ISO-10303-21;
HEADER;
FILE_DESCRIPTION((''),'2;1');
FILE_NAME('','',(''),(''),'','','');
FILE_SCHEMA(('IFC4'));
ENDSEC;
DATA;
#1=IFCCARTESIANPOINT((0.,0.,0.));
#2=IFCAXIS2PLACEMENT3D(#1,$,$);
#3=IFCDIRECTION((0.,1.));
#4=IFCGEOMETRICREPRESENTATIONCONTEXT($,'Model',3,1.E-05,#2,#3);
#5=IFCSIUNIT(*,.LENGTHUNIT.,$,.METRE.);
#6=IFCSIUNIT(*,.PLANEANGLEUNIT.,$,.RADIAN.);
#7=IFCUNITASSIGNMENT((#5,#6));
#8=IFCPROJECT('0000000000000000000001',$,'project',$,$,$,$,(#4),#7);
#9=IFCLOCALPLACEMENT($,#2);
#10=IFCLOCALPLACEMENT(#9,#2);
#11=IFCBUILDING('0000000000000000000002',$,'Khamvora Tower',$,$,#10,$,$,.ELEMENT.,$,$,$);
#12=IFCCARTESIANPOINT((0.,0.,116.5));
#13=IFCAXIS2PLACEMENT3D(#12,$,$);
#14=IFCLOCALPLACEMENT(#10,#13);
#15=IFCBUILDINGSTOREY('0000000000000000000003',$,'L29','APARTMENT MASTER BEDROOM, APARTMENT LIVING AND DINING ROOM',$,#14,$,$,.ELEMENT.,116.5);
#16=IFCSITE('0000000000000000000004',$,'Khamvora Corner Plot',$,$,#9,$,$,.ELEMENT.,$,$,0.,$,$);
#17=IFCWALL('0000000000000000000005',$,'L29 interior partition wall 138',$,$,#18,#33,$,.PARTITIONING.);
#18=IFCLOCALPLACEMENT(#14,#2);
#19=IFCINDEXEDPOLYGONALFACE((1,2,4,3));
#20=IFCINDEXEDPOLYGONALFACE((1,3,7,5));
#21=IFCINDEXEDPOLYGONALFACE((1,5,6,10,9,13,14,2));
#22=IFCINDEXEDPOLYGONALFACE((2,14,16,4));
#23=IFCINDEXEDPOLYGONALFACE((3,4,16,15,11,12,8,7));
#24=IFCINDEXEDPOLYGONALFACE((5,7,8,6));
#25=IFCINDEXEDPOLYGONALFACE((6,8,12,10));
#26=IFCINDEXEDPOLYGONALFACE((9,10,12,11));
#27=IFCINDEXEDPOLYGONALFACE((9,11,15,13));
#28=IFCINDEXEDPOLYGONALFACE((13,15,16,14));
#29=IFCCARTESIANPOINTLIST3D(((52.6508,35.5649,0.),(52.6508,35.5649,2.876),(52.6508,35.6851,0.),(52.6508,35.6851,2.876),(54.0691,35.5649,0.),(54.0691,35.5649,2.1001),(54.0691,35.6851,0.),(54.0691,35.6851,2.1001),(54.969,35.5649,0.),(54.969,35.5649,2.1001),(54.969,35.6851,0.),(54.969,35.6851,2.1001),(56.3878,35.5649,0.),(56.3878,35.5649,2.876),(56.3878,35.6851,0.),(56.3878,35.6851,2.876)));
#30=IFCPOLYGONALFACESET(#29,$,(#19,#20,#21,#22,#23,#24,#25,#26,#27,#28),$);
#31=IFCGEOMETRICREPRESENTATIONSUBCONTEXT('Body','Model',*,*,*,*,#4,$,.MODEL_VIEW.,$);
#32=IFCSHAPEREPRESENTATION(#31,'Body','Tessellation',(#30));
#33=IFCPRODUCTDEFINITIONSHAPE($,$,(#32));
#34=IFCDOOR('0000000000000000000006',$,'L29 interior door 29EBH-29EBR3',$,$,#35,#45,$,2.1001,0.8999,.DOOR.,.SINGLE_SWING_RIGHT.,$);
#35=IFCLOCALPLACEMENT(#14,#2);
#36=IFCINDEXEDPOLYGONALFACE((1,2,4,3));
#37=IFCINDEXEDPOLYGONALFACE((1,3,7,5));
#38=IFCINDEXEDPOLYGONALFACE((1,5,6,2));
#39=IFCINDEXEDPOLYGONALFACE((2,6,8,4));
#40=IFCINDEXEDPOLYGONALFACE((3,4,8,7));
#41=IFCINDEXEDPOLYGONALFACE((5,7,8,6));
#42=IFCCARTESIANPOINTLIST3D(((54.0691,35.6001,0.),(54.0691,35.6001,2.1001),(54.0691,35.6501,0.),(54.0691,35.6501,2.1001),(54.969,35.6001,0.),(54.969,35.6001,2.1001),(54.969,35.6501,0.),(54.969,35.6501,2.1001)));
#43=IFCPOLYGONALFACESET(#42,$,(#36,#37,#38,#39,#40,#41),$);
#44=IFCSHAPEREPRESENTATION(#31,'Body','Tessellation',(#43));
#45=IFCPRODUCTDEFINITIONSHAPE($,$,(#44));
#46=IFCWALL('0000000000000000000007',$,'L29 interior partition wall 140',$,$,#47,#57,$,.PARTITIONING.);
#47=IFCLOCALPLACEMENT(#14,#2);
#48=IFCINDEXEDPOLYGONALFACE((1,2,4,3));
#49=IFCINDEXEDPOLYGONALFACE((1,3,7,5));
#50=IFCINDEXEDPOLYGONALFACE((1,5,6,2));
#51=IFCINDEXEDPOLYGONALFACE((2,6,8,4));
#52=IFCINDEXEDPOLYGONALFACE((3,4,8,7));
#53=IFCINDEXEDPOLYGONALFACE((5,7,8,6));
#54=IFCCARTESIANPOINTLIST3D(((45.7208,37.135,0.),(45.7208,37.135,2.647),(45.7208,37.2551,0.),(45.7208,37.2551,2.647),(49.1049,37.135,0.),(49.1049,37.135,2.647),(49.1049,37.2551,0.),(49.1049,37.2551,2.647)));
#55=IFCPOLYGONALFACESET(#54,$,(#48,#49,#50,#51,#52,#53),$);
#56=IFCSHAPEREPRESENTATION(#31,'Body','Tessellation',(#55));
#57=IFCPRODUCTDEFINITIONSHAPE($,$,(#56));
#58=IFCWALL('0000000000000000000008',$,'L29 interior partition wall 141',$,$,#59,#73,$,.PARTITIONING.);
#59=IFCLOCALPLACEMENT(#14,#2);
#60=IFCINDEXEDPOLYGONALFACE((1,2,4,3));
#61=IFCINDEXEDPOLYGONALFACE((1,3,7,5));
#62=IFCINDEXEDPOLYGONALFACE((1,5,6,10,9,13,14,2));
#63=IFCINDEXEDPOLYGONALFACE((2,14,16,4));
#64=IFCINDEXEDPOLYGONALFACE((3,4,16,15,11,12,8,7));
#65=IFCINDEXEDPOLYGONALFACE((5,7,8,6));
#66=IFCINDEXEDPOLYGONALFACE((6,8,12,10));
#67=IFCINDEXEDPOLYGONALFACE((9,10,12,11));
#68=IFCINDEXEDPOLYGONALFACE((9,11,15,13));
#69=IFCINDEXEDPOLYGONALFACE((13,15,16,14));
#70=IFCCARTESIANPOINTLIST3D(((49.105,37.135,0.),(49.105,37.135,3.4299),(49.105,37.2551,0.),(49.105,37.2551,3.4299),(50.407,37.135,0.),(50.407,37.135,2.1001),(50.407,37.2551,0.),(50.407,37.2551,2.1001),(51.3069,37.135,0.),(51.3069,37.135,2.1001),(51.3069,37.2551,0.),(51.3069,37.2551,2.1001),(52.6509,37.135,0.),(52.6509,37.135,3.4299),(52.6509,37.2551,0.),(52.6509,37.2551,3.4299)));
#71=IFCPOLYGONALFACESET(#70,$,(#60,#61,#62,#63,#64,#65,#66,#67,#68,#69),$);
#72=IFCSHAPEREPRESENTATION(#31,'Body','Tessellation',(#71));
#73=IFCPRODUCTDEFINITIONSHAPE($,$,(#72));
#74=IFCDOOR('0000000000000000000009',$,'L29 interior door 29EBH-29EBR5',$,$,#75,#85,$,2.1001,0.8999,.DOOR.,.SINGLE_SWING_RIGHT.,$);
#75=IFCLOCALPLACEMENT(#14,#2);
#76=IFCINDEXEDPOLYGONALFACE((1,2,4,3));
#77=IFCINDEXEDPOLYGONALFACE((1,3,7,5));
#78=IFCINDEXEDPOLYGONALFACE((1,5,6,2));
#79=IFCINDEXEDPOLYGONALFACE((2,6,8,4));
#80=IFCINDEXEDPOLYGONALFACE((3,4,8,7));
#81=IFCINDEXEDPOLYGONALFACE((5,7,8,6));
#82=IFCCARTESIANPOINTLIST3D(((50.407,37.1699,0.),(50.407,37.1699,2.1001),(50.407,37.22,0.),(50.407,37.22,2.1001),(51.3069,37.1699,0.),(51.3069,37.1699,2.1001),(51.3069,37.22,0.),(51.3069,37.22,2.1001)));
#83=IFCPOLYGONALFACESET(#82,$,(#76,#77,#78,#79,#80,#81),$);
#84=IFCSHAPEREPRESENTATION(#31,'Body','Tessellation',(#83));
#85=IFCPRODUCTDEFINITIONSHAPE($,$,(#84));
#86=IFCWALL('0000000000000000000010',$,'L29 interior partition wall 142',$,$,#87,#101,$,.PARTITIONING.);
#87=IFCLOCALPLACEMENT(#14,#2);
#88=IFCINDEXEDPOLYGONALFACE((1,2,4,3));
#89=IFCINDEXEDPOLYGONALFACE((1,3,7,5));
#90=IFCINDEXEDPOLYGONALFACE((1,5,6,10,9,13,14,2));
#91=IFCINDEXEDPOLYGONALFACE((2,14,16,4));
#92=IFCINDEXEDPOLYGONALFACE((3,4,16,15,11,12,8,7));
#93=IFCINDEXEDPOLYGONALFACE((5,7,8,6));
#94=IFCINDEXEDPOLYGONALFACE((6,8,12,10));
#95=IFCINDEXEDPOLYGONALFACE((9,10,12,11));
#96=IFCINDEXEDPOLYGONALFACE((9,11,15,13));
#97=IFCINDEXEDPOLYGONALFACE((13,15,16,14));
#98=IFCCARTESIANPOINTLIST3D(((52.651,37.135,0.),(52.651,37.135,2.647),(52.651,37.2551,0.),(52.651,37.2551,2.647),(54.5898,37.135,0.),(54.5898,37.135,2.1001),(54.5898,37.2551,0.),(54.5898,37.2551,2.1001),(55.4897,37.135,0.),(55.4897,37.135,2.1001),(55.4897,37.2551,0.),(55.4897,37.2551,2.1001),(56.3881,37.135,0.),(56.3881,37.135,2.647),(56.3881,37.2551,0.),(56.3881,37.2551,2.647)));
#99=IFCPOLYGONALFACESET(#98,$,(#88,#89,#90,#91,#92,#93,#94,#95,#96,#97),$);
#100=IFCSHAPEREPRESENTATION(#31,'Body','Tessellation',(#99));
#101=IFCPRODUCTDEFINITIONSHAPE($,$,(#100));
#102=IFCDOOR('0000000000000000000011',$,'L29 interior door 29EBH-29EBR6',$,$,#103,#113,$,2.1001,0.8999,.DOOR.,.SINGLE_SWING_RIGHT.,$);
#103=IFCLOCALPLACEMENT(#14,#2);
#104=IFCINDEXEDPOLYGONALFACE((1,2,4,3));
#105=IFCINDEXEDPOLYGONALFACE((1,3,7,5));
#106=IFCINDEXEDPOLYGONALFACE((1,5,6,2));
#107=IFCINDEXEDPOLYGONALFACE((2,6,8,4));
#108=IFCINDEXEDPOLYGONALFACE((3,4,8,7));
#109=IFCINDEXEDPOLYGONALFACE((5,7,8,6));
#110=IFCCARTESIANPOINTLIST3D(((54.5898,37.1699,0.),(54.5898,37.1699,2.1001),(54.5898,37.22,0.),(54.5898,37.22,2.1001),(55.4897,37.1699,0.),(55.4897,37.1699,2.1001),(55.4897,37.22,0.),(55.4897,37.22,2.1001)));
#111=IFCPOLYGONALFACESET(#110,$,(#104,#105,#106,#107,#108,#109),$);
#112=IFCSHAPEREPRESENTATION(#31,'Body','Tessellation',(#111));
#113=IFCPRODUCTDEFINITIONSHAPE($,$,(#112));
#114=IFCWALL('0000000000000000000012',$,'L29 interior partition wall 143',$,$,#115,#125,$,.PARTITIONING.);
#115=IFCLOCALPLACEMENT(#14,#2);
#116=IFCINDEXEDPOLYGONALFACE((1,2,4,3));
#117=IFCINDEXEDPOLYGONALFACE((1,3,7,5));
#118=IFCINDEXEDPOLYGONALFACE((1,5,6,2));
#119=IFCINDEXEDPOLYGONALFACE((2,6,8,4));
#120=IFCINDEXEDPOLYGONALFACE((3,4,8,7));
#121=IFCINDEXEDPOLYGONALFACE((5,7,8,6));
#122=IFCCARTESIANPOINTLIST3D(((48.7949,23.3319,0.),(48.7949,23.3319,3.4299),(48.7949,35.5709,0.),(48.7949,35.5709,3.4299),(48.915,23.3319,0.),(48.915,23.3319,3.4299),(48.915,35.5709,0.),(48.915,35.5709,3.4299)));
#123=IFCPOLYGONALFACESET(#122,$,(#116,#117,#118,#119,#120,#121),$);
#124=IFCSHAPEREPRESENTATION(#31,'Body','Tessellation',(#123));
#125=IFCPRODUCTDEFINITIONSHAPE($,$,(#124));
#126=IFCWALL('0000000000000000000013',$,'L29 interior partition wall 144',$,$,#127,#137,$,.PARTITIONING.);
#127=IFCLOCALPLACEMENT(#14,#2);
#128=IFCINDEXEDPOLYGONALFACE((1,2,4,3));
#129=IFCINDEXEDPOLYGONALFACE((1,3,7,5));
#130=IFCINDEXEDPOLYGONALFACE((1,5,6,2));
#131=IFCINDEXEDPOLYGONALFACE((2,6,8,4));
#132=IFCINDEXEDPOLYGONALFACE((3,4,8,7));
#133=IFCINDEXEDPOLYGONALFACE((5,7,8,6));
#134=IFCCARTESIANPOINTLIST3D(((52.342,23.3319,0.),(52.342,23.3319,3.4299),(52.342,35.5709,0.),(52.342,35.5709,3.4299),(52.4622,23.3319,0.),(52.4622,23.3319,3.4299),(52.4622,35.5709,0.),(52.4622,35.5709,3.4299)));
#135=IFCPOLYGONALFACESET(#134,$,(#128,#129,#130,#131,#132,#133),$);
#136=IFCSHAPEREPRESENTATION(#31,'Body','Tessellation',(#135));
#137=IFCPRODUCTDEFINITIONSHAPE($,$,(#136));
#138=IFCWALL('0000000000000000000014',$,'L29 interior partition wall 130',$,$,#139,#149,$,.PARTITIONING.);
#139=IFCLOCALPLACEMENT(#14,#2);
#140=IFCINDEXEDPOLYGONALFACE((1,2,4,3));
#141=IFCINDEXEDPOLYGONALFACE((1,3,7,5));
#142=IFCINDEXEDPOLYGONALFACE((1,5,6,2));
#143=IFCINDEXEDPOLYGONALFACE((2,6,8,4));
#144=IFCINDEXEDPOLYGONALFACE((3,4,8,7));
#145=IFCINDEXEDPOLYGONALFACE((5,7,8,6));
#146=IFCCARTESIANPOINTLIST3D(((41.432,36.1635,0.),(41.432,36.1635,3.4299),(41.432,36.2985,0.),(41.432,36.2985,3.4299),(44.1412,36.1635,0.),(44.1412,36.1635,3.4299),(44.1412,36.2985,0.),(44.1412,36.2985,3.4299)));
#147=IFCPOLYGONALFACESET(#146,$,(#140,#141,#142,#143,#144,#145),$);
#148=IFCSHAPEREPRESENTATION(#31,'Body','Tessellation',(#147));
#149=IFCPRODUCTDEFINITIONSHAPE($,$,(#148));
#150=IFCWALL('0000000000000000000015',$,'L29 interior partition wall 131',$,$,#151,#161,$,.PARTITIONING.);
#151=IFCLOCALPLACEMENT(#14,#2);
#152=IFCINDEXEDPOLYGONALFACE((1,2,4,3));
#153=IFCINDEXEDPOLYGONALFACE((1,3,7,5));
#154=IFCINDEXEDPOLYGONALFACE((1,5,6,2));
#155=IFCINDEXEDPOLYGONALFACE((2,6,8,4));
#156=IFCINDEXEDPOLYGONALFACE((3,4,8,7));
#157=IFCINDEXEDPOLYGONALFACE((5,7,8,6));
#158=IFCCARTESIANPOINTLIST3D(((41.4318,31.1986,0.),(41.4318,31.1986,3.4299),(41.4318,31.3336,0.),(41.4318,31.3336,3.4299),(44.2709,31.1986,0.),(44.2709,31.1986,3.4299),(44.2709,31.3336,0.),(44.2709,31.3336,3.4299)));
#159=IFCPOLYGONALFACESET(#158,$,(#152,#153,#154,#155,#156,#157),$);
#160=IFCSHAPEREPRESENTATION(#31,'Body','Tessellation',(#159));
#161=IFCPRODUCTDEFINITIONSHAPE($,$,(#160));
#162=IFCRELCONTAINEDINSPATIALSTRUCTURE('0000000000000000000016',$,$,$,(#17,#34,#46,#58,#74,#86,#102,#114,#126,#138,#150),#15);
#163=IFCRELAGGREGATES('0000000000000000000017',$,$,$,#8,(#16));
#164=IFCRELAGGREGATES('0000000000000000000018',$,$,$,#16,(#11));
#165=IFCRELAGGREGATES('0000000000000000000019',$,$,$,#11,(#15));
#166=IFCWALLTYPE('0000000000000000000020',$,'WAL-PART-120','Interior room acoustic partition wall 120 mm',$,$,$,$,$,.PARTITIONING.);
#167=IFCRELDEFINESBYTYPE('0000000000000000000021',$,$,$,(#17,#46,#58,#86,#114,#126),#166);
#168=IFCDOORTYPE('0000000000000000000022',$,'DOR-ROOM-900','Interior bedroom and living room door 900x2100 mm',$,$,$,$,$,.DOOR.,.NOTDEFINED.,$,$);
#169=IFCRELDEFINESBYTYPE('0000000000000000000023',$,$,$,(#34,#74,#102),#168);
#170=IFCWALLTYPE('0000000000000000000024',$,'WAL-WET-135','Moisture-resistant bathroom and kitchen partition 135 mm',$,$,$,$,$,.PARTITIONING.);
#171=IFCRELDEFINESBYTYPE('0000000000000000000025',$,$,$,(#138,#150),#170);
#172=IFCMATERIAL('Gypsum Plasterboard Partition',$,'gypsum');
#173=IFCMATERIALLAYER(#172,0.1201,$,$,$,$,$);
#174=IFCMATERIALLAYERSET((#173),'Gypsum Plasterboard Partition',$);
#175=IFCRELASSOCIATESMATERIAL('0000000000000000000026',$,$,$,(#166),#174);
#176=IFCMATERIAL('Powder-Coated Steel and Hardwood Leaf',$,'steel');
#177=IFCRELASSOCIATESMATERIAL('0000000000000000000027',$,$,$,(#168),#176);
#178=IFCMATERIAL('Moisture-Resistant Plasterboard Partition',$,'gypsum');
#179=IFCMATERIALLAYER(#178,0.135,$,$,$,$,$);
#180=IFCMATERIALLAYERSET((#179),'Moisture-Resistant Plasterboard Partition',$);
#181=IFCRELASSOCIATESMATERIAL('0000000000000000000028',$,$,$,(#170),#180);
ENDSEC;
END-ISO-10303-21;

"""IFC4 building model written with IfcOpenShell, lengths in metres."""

from ifc_helpers import new_model, si_unit, direction, frame, frame_2d, origin, place, context, subcontext, project, spatial, rectangle, extrude, material, layer, layer_set, type_object, element, fill, save


model = new_model("IFC4")

# Units and contexts
model_context = context("Model", 3, precision=1e-05, world=origin(), true_north=direction((0.0, 1.0)))
body_context = subcontext(model_context, "Body", "Model", "MODEL_VIEW")
ifc_project = project(units=[si_unit("LENGTHUNIT", "METRE"), si_unit("PLANEANGLEUNIT", "RADIAN")], contexts=[model_context])

# Site, building, storey
site_placement = place(None, origin())
site = spatial("IfcSite", under=ifc_project, at=site_placement, Name="Khamvora Corner Plot", CompositionType="ELEMENT", RefElevation=0.0)
building_placement = place(site_placement, origin())
building = spatial("IfcBuilding", under=site, at=building_placement, Name="Khamvora Tower", CompositionType="ELEMENT")
storey_placement = place(building_placement, frame((0.0, 0.0, 116.5)))
storey = spatial("IfcBuildingStorey", under=building, at=storey_placement, Name="L29", Description="APARTMENT MASTER BEDROOM, APARTMENT LIVING AND DINING ROOM", CompositionType="ELEMENT", Elevation=116.5)

# Shared definitions
ifc_material_1 = material(Name="Powder-Coated Steel and Hardwood Leaf", Category="steel")

# Shared definitions
ifc_material_2 = material(Name="Gypsum Plasterboard Partition", Category="gypsum")
ifc_layer_1 = layer(ifc_material_2, 0.1201)
ifc_layer_set_1 = layer_set([ifc_layer_1], Name="Gypsum Plasterboard Partition")
wall_type_1 = type_object("IfcWallType", Name="WAL-PART-120", Description="Interior room acoustic partition wall 120 mm", PredefinedType="PARTITIONING", material=ifc_layer_set_1)
door_type_1 = type_object("IfcDoorType", Name="DOR-ROOM-900", Description="Interior bedroom and living room door 900x2100 mm", OperationType="NOTDEFINED", PredefinedType="DOOR", material=ifc_material_1)

# Wall, opening, door
wall_1_placement = place(storey_placement, frame((56.3879, 35.625, 0.0), z_axis=(0.0, 0.0, 1.0), x_axis=(-1.0, 0.0, 0.0)))
wall_1 = element("IfcWall", 1, at=wall_1_placement, inside=storey, type_object=wall_type_1, Name="L29 interior partition wall 138", PredefinedType="PARTITIONING", context=body_context, shape_type="SweptSolid", body=[
    extrude(rectangle(XDim=3.7371, YDim=0.1201, at=frame_2d((1.8687, 0.0))), origin(), (0.0, 0.0, 1.0), 2.876),
])
opening_1_placement = place(wall_1_placement, frame((1.4189, 0.0, 0.0)))
opening_1 = element("IfcOpeningElement", 2, at=opening_1_placement, cuts=wall_1, PredefinedType="OPENING", context=body_context, shape_type="SweptSolid", body=[
    extrude(rectangle(XDim=0.8999, YDim=2.1001, at=frame_2d((0.45, 1.05))), frame((0.0, 0.0701, 0.0), z_axis=(0.0, -1.0, 0.0), x_axis=(1.0, 0.0, 0.0)), (0.0, 0.0, 1.0), 0.1401),
])
door_1_placement = place(opening_1_placement, origin())
door_1 = element("IfcDoor", 3, at=door_1_placement, inside=storey, type_object=door_type_1, Name="L29 interior door 29EBH-29EBR3", OperationType="SINGLE_SWING_RIGHT", OverallHeight=2.1001, OverallWidth=0.8999, PredefinedType="DOOR", context=body_context, shape_type="SweptSolid", body=[
    extrude(rectangle(XDim=0.8999, YDim=2.1001, at=frame_2d((0.45, 1.05))), frame((0.0, 0.0249, 0.0), z_axis=(0.0, -1.0, 0.0), x_axis=(1.0, 0.0, 0.0)), (0.0, 0.0, 1.0), 0.05),
])
fill(opening_1, door_1)

# Wall
wall_2_placement = place(storey_placement, frame((45.7209, 37.1951, 0.0), z_axis=(0.0, 0.0, 1.0), x_axis=(1.0, 0.0, 0.0)))
element("IfcWall", 4, at=wall_2_placement, inside=storey, type_object=wall_type_1, Name="L29 interior partition wall 140", PredefinedType="PARTITIONING", context=body_context, shape_type="SweptSolid", body=[
    extrude(rectangle(XDim=3.384, YDim=0.1201, at=frame_2d((1.6919, 0.0))), origin(), (0.0, 0.0, 1.0), 2.647),
])

# Walls, openings, doors
wall_3_placement = place(storey_placement, frame((49.105, 37.1951, 0.0), z_axis=(0.0, 0.0, 1.0), x_axis=(1.0, 0.0, 0.0)))
wall_3 = element("IfcWall", 5, at=wall_3_placement, inside=storey, type_object=wall_type_1, Name="L29 interior partition wall 141", PredefinedType="PARTITIONING", context=body_context, shape_type="SweptSolid", body=[
    extrude(rectangle(XDim=3.5459, YDim=0.1201, at=frame_2d((1.7729, 0.0))), origin(), (0.0, 0.0, 1.0), 3.4299),
])
opening_2_placement = place(wall_3_placement, frame((1.302, 0.0, 0.0)))
opening_2 = element("IfcOpeningElement", 6, at=opening_2_placement, cuts=wall_3, PredefinedType="OPENING", context=body_context, shape_type="SweptSolid", body=[
    extrude(rectangle(XDim=0.8999, YDim=2.1001, at=frame_2d((0.45, 1.05))), frame((0.0, 0.0701, 0.0), z_axis=(0.0, -1.0, 0.0), x_axis=(1.0, 0.0, 0.0)), (0.0, 0.0, 1.0), 0.1401),
])
door_2_placement = place(opening_2_placement, origin())
door_2 = element("IfcDoor", 7, at=door_2_placement, inside=storey, type_object=door_type_1, Name="L29 interior door 29EBH-29EBR5", OperationType="SINGLE_SWING_RIGHT", OverallHeight=2.1001, OverallWidth=0.8999, PredefinedType="DOOR", context=body_context, shape_type="SweptSolid", body=[
    extrude(rectangle(XDim=0.8999, YDim=2.1001, at=frame_2d((0.45, 1.05))), frame((0.0, 0.0249, 0.0), z_axis=(0.0, -1.0, 0.0), x_axis=(1.0, 0.0, 0.0)), (0.0, 0.0, 1.0), 0.05),
])
fill(opening_2, door_2)
wall_4_placement = place(storey_placement, frame((52.6509, 37.1951, 0.0), z_axis=(0.0, 0.0, 1.0), x_axis=(1.0, 0.0, 0.0)))
wall_4 = element("IfcWall", 8, at=wall_4_placement, inside=storey, type_object=wall_type_1, Name="L29 interior partition wall 142", PredefinedType="PARTITIONING", context=body_context, shape_type="SweptSolid", body=[
    extrude(rectangle(XDim=3.7371, YDim=0.1201, at=frame_2d((1.8687, 0.0))), origin(), (0.0, 0.0, 1.0), 2.647),
])
opening_3_placement = place(wall_4_placement, frame((1.939, 0.0, 0.0)))
opening_3 = element("IfcOpeningElement", 9, at=opening_3_placement, cuts=wall_4, PredefinedType="OPENING", context=body_context, shape_type="SweptSolid", body=[
    extrude(rectangle(XDim=0.8999, YDim=2.1001, at=frame_2d((0.45, 1.05))), frame((0.0, 0.0701, 0.0), z_axis=(0.0, -1.0, 0.0), x_axis=(1.0, 0.0, 0.0)), (0.0, 0.0, 1.0), 0.1401),
])
door_3_placement = place(opening_3_placement, origin())
door_3 = element("IfcDoor", 10, at=door_3_placement, inside=storey, type_object=door_type_1, Name="L29 interior door 29EBH-29EBR6", OperationType="SINGLE_SWING_RIGHT", OverallHeight=2.1001, OverallWidth=0.8999, PredefinedType="DOOR", context=body_context, shape_type="SweptSolid", body=[
    extrude(rectangle(XDim=0.8999, YDim=2.1001, at=frame_2d((0.45, 1.05))), frame((0.0, 0.0249, 0.0), z_axis=(0.0, -1.0, 0.0), x_axis=(1.0, 0.0, 0.0)), (0.0, 0.0, 1.0), 0.05),
])
fill(opening_3, door_3)

# Walls
for number, where, z_axis, x_axis, name in (
    (11, (48.855, 35.571, 0.0), (0.0, 0.0, 1.0), (0.0, -1.0, 0.0), "L29 interior partition wall 143"),
    (12, (52.4021, 35.571, 0.0), (0.0, 0.0, 1.0), (0.0, -1.0, 0.0), "L29 interior partition wall 144"),
):
    element("IfcWall", number, at=place(storey_placement, frame(where, z_axis=z_axis, x_axis=x_axis)), inside=storey, type_object=wall_type_1, Name=name, PredefinedType="PARTITIONING", context=body_context, shape_type="SweptSolid", body=[
        extrude(rectangle(XDim=12.239, YDim=0.1201, at=frame_2d((6.1196, 0.0))), origin(), (0.0, 0.0, 1.0), 3.4299),
    ])
ifc_material_3 = material(Name="Moisture-Resistant Plasterboard Partition", Category="gypsum")
ifc_layer_2 = layer(ifc_material_3, 0.135)
ifc_layer_set_2 = layer_set([ifc_layer_2], Name="Moisture-Resistant Plasterboard Partition")
wall_type_2 = type_object("IfcWallType", Name="WAL-WET-135", Description="Moisture-resistant bathroom and kitchen partition 135 mm", PredefinedType="PARTITIONING", material=ifc_layer_set_2)
wall_5_placement = place(storey_placement, frame((44.1411, 36.231, 0.0), z_axis=(0.0, 0.0, 1.0), x_axis=(-1.0, 0.0, 0.0)))
element("IfcWall", 13, at=wall_5_placement, inside=storey, type_object=wall_type_2, Name="L29 interior partition wall 130", PredefinedType="PARTITIONING", context=body_context, shape_type="SweptSolid", body=[
    extrude(rectangle(XDim=2.7092, YDim=0.135, at=frame_2d((1.3545, 0.0))), origin(), (0.0, 0.0, 1.0), 3.4299),
])
wall_6_placement = place(storey_placement, frame((41.4319, 31.2661, 0.0), z_axis=(0.0, 0.0, 1.0), x_axis=(1.0, 0.0, 0.0)))
element("IfcWall", 14, at=wall_6_placement, inside=storey, type_object=wall_type_2, Name="L29 interior partition wall 131", PredefinedType="PARTITIONING", context=body_context, shape_type="SweptSolid", body=[
    extrude(rectangle(XDim=2.8391, YDim=0.135, at=frame_2d((1.4194, 0.0))), origin(), (0.0, 0.0, 1.0), 3.4299),
])

save(model, "model.ifc")
